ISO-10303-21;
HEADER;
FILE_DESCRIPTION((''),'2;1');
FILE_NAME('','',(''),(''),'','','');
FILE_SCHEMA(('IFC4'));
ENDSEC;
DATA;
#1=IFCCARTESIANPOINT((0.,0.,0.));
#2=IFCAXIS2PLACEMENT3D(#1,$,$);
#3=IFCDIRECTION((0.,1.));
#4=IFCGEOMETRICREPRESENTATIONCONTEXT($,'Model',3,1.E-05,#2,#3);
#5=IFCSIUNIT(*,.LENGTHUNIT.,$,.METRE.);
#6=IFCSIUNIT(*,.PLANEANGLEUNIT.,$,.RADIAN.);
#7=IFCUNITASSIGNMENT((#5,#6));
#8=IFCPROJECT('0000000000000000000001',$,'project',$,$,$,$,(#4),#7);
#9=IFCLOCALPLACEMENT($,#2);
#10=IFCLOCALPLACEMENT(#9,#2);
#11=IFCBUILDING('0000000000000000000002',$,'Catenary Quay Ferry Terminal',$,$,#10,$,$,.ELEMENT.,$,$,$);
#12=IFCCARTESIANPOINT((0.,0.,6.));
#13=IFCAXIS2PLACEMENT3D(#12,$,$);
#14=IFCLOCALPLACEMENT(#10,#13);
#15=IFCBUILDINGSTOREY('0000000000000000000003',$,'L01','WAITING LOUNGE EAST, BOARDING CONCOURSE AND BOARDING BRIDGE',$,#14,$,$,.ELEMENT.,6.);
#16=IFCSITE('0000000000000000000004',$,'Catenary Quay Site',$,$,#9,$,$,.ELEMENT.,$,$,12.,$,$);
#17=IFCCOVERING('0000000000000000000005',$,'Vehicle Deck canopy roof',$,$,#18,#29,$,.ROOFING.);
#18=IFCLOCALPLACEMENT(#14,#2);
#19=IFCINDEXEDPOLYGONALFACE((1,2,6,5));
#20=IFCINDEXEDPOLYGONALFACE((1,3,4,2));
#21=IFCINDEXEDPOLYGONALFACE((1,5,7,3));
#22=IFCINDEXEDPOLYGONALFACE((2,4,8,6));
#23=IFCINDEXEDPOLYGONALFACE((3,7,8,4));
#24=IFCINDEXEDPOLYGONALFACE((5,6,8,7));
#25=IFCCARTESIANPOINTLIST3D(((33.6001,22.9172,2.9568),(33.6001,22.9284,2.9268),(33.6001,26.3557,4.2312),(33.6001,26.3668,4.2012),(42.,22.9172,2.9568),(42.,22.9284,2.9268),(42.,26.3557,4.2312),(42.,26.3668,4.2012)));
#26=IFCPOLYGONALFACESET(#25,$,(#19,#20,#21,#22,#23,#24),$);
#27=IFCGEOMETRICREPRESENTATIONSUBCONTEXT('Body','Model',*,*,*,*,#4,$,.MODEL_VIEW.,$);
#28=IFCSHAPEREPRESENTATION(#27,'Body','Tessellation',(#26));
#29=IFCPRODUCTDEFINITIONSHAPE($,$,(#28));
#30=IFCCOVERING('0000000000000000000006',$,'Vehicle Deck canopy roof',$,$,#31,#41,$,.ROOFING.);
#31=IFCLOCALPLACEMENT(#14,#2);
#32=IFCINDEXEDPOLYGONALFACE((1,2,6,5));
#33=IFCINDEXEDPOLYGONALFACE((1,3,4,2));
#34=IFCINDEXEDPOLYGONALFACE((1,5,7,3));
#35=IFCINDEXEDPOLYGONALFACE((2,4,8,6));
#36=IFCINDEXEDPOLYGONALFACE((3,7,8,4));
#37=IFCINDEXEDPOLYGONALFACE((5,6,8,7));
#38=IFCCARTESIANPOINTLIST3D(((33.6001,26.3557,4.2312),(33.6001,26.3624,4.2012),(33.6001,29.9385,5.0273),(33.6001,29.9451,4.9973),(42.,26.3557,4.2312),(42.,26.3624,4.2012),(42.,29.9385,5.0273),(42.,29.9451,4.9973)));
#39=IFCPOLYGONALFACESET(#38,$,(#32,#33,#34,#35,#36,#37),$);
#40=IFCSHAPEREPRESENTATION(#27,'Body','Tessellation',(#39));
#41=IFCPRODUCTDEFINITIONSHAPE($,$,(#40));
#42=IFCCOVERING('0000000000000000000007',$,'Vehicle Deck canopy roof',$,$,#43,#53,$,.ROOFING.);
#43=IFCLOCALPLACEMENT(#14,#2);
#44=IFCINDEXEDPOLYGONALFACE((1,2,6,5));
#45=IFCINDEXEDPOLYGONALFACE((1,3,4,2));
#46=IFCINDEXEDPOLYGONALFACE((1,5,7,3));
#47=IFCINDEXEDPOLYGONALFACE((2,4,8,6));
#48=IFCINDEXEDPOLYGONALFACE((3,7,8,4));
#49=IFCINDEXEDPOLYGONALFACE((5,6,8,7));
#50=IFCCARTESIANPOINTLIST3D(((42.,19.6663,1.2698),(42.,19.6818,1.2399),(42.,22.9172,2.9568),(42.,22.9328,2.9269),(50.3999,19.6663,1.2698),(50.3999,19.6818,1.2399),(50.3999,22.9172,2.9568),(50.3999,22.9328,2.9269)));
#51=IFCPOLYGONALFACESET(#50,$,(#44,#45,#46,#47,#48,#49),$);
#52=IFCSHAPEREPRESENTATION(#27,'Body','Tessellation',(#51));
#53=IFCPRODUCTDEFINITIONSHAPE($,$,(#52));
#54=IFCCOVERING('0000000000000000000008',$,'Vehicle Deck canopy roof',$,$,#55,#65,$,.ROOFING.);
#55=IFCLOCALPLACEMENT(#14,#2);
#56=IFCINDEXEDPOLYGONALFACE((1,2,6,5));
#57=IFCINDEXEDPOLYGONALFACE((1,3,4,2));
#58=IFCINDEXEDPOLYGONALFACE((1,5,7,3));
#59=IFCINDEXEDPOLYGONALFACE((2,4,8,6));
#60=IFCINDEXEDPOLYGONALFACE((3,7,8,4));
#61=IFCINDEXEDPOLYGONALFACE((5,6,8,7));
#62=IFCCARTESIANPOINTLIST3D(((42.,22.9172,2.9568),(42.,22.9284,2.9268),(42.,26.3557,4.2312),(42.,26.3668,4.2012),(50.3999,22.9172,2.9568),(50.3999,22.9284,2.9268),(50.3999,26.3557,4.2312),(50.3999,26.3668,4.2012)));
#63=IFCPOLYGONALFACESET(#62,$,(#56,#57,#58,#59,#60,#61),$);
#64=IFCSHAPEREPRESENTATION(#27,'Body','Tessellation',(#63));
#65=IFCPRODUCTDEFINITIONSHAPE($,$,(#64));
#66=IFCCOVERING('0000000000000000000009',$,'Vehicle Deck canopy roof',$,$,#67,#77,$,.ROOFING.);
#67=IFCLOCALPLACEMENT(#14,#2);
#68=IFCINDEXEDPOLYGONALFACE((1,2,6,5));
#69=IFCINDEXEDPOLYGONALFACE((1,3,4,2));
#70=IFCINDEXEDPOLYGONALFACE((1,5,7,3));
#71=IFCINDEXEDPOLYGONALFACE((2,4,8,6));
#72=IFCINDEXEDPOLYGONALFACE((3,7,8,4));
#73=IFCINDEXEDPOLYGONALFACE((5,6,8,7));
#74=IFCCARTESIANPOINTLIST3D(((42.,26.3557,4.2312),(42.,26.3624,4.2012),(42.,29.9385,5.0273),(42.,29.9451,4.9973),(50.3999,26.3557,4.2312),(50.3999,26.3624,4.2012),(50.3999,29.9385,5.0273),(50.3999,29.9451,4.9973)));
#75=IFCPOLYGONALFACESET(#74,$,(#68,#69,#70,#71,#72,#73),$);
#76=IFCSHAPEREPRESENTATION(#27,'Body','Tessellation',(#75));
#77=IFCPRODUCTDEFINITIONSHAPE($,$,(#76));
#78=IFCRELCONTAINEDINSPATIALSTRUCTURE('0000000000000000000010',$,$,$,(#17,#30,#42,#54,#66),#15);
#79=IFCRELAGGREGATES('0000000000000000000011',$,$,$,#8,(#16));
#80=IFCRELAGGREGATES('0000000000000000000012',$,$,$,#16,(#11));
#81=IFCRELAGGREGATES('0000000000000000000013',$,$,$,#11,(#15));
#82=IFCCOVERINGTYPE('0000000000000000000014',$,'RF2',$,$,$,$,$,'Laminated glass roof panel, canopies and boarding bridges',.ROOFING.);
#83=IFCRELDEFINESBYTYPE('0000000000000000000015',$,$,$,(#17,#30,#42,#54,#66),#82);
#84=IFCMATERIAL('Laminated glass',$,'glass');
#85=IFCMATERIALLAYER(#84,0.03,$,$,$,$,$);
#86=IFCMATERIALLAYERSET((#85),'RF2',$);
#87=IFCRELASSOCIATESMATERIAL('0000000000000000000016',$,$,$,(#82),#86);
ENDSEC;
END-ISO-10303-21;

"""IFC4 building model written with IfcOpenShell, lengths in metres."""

from ifc_helpers import new_model, si_unit, direction, frame, origin, place, context, subcontext, project, spatial, polyline, outline, extrude, material, layer, layer_set, type_object, element, save


model = new_model("IFC4")

# Units and contexts
model_context = context("Model", 3, precision=1e-05, world=origin(), true_north=direction((0.0, 1.0)))
body_context = subcontext(model_context, "Body", "Model", "MODEL_VIEW")
ifc_project = project(units=[si_unit("LENGTHUNIT", "METRE"), si_unit("PLANEANGLEUNIT", "RADIAN")], contexts=[model_context])

# Site, building, storey
site_placement = place(None, origin())
site = spatial("IfcSite", under=ifc_project, at=site_placement, Name="Catenary Quay Site", CompositionType="ELEMENT", RefElevation=12.0)
building_placement = place(site_placement, origin())
building = spatial("IfcBuilding", under=site, at=building_placement, Name="Catenary Quay Ferry Terminal", CompositionType="ELEMENT")
storey_placement = place(building_placement, frame((0.0, 0.0, 6.0)))
storey = spatial("IfcBuildingStorey", under=building, at=storey_placement, Name="L01", Description="WAITING LOUNGE EAST, BOARDING CONCOURSE AND BOARDING BRIDGE", CompositionType="ELEMENT", Elevation=6.0)

# Coverings
ifc_material_1 = material(Name="Laminated glass", Category="glass")
ifc_layer = layer(ifc_material_1, 0.03)
ifc_layer_set = layer_set([ifc_layer], Name="RF2")
covering_type = type_object("IfcCoveringType", Name="RF2", ElementType="Laminated glass roof panel, canopies and boarding bridges", PredefinedType="ROOFING", material=ifc_layer_set)
covering_1_placement = place(storey_placement, frame((33.6001, 22.9172, 2.9568), z_axis=(0.0, -0.347531, 0.937668), x_axis=(1.0, 0.0, 0.0)))
element("IfcCovering", 1, at=covering_1_placement, inside=storey, type_object=covering_type, Name="Vehicle Deck canopy roof", PredefinedType="ROOFING", context=body_context, shape_type="SweptSolid", body=[
    extrude(outline(polyline([(0.0, 0.0), (8.3999, 0.0), (8.3999, 3.667), (0.0, 3.667), (0.0, 0.0)])), origin(), (0.0, 0.0, -1.0), 0.032),
])
covering_2_placement = place(storey_placement, frame((33.6001, 26.3557, 4.2312), z_axis=(0.0, -0.216923, 0.976189), x_axis=(1.0, 0.0, 0.0)))
element("IfcCovering", 2, at=covering_2_placement, inside=storey, type_object=covering_type, Name="Vehicle Deck canopy roof", PredefinedType="ROOFING", context=body_context, shape_type="SweptSolid", body=[
    extrude(outline(polyline([(0.0, 0.0), (8.3999, 0.0), (8.3999, 3.6702), (0.0, 3.6702), (0.0, 0.0)])), origin(), (0.0, 0.0, -1.0), 0.0308),
])
covering_3_placement = place(storey_placement, frame((42.0, 19.6663, 1.2698), z_axis=(0.0, -0.460601, 0.887607), x_axis=(1.0, 0.0, 0.0)))
element("IfcCovering", 3, at=covering_3_placement, inside=storey, type_object=covering_type, Name="Vehicle Deck canopy roof", PredefinedType="ROOFING", context=body_context, shape_type="SweptSolid", body=[
    extrude(outline(polyline([(0.0, 0.0), (8.3999, 0.0), (8.3999, 3.6626), (0.0, 3.6626), (0.0, 0.0)])), origin(), (0.0, 0.0, -1.0), 0.0337),
])
covering_4_placement = place(storey_placement, frame((42.0, 22.9172, 2.9568), z_axis=(0.0, -0.347531, 0.937668), x_axis=(1.0, 0.0, 0.0)))
element("IfcCovering", 4, at=covering_4_placement, inside=storey, type_object=covering_type, Name="Vehicle Deck canopy roof", PredefinedType="ROOFING", context=body_context, shape_type="SweptSolid", body=[
    extrude(outline(polyline([(0.0, 0.0), (8.3999, 0.0), (8.3999, 3.667), (0.0, 3.667), (0.0, 0.0)])), origin(), (0.0, 0.0, -1.0), 0.032),
])
covering_5_placement = place(storey_placement, frame((42.0, 26.3557, 4.2312), z_axis=(0.0, -0.216923, 0.976189), x_axis=(1.0, 0.0, 0.0)))
element("IfcCovering", 5, at=covering_5_placement, inside=storey, type_object=covering_type, Name="Vehicle Deck canopy roof", PredefinedType="ROOFING", context=body_context, shape_type="SweptSolid", body=[
    extrude(outline(polyline([(0.0, 0.0), (8.3999, 0.0), (8.3999, 3.6702), (0.0, 3.6702), (0.0, 0.0)])), origin(), (0.0, 0.0, -1.0), 0.0308),
])

save(model, "model.ifc")
